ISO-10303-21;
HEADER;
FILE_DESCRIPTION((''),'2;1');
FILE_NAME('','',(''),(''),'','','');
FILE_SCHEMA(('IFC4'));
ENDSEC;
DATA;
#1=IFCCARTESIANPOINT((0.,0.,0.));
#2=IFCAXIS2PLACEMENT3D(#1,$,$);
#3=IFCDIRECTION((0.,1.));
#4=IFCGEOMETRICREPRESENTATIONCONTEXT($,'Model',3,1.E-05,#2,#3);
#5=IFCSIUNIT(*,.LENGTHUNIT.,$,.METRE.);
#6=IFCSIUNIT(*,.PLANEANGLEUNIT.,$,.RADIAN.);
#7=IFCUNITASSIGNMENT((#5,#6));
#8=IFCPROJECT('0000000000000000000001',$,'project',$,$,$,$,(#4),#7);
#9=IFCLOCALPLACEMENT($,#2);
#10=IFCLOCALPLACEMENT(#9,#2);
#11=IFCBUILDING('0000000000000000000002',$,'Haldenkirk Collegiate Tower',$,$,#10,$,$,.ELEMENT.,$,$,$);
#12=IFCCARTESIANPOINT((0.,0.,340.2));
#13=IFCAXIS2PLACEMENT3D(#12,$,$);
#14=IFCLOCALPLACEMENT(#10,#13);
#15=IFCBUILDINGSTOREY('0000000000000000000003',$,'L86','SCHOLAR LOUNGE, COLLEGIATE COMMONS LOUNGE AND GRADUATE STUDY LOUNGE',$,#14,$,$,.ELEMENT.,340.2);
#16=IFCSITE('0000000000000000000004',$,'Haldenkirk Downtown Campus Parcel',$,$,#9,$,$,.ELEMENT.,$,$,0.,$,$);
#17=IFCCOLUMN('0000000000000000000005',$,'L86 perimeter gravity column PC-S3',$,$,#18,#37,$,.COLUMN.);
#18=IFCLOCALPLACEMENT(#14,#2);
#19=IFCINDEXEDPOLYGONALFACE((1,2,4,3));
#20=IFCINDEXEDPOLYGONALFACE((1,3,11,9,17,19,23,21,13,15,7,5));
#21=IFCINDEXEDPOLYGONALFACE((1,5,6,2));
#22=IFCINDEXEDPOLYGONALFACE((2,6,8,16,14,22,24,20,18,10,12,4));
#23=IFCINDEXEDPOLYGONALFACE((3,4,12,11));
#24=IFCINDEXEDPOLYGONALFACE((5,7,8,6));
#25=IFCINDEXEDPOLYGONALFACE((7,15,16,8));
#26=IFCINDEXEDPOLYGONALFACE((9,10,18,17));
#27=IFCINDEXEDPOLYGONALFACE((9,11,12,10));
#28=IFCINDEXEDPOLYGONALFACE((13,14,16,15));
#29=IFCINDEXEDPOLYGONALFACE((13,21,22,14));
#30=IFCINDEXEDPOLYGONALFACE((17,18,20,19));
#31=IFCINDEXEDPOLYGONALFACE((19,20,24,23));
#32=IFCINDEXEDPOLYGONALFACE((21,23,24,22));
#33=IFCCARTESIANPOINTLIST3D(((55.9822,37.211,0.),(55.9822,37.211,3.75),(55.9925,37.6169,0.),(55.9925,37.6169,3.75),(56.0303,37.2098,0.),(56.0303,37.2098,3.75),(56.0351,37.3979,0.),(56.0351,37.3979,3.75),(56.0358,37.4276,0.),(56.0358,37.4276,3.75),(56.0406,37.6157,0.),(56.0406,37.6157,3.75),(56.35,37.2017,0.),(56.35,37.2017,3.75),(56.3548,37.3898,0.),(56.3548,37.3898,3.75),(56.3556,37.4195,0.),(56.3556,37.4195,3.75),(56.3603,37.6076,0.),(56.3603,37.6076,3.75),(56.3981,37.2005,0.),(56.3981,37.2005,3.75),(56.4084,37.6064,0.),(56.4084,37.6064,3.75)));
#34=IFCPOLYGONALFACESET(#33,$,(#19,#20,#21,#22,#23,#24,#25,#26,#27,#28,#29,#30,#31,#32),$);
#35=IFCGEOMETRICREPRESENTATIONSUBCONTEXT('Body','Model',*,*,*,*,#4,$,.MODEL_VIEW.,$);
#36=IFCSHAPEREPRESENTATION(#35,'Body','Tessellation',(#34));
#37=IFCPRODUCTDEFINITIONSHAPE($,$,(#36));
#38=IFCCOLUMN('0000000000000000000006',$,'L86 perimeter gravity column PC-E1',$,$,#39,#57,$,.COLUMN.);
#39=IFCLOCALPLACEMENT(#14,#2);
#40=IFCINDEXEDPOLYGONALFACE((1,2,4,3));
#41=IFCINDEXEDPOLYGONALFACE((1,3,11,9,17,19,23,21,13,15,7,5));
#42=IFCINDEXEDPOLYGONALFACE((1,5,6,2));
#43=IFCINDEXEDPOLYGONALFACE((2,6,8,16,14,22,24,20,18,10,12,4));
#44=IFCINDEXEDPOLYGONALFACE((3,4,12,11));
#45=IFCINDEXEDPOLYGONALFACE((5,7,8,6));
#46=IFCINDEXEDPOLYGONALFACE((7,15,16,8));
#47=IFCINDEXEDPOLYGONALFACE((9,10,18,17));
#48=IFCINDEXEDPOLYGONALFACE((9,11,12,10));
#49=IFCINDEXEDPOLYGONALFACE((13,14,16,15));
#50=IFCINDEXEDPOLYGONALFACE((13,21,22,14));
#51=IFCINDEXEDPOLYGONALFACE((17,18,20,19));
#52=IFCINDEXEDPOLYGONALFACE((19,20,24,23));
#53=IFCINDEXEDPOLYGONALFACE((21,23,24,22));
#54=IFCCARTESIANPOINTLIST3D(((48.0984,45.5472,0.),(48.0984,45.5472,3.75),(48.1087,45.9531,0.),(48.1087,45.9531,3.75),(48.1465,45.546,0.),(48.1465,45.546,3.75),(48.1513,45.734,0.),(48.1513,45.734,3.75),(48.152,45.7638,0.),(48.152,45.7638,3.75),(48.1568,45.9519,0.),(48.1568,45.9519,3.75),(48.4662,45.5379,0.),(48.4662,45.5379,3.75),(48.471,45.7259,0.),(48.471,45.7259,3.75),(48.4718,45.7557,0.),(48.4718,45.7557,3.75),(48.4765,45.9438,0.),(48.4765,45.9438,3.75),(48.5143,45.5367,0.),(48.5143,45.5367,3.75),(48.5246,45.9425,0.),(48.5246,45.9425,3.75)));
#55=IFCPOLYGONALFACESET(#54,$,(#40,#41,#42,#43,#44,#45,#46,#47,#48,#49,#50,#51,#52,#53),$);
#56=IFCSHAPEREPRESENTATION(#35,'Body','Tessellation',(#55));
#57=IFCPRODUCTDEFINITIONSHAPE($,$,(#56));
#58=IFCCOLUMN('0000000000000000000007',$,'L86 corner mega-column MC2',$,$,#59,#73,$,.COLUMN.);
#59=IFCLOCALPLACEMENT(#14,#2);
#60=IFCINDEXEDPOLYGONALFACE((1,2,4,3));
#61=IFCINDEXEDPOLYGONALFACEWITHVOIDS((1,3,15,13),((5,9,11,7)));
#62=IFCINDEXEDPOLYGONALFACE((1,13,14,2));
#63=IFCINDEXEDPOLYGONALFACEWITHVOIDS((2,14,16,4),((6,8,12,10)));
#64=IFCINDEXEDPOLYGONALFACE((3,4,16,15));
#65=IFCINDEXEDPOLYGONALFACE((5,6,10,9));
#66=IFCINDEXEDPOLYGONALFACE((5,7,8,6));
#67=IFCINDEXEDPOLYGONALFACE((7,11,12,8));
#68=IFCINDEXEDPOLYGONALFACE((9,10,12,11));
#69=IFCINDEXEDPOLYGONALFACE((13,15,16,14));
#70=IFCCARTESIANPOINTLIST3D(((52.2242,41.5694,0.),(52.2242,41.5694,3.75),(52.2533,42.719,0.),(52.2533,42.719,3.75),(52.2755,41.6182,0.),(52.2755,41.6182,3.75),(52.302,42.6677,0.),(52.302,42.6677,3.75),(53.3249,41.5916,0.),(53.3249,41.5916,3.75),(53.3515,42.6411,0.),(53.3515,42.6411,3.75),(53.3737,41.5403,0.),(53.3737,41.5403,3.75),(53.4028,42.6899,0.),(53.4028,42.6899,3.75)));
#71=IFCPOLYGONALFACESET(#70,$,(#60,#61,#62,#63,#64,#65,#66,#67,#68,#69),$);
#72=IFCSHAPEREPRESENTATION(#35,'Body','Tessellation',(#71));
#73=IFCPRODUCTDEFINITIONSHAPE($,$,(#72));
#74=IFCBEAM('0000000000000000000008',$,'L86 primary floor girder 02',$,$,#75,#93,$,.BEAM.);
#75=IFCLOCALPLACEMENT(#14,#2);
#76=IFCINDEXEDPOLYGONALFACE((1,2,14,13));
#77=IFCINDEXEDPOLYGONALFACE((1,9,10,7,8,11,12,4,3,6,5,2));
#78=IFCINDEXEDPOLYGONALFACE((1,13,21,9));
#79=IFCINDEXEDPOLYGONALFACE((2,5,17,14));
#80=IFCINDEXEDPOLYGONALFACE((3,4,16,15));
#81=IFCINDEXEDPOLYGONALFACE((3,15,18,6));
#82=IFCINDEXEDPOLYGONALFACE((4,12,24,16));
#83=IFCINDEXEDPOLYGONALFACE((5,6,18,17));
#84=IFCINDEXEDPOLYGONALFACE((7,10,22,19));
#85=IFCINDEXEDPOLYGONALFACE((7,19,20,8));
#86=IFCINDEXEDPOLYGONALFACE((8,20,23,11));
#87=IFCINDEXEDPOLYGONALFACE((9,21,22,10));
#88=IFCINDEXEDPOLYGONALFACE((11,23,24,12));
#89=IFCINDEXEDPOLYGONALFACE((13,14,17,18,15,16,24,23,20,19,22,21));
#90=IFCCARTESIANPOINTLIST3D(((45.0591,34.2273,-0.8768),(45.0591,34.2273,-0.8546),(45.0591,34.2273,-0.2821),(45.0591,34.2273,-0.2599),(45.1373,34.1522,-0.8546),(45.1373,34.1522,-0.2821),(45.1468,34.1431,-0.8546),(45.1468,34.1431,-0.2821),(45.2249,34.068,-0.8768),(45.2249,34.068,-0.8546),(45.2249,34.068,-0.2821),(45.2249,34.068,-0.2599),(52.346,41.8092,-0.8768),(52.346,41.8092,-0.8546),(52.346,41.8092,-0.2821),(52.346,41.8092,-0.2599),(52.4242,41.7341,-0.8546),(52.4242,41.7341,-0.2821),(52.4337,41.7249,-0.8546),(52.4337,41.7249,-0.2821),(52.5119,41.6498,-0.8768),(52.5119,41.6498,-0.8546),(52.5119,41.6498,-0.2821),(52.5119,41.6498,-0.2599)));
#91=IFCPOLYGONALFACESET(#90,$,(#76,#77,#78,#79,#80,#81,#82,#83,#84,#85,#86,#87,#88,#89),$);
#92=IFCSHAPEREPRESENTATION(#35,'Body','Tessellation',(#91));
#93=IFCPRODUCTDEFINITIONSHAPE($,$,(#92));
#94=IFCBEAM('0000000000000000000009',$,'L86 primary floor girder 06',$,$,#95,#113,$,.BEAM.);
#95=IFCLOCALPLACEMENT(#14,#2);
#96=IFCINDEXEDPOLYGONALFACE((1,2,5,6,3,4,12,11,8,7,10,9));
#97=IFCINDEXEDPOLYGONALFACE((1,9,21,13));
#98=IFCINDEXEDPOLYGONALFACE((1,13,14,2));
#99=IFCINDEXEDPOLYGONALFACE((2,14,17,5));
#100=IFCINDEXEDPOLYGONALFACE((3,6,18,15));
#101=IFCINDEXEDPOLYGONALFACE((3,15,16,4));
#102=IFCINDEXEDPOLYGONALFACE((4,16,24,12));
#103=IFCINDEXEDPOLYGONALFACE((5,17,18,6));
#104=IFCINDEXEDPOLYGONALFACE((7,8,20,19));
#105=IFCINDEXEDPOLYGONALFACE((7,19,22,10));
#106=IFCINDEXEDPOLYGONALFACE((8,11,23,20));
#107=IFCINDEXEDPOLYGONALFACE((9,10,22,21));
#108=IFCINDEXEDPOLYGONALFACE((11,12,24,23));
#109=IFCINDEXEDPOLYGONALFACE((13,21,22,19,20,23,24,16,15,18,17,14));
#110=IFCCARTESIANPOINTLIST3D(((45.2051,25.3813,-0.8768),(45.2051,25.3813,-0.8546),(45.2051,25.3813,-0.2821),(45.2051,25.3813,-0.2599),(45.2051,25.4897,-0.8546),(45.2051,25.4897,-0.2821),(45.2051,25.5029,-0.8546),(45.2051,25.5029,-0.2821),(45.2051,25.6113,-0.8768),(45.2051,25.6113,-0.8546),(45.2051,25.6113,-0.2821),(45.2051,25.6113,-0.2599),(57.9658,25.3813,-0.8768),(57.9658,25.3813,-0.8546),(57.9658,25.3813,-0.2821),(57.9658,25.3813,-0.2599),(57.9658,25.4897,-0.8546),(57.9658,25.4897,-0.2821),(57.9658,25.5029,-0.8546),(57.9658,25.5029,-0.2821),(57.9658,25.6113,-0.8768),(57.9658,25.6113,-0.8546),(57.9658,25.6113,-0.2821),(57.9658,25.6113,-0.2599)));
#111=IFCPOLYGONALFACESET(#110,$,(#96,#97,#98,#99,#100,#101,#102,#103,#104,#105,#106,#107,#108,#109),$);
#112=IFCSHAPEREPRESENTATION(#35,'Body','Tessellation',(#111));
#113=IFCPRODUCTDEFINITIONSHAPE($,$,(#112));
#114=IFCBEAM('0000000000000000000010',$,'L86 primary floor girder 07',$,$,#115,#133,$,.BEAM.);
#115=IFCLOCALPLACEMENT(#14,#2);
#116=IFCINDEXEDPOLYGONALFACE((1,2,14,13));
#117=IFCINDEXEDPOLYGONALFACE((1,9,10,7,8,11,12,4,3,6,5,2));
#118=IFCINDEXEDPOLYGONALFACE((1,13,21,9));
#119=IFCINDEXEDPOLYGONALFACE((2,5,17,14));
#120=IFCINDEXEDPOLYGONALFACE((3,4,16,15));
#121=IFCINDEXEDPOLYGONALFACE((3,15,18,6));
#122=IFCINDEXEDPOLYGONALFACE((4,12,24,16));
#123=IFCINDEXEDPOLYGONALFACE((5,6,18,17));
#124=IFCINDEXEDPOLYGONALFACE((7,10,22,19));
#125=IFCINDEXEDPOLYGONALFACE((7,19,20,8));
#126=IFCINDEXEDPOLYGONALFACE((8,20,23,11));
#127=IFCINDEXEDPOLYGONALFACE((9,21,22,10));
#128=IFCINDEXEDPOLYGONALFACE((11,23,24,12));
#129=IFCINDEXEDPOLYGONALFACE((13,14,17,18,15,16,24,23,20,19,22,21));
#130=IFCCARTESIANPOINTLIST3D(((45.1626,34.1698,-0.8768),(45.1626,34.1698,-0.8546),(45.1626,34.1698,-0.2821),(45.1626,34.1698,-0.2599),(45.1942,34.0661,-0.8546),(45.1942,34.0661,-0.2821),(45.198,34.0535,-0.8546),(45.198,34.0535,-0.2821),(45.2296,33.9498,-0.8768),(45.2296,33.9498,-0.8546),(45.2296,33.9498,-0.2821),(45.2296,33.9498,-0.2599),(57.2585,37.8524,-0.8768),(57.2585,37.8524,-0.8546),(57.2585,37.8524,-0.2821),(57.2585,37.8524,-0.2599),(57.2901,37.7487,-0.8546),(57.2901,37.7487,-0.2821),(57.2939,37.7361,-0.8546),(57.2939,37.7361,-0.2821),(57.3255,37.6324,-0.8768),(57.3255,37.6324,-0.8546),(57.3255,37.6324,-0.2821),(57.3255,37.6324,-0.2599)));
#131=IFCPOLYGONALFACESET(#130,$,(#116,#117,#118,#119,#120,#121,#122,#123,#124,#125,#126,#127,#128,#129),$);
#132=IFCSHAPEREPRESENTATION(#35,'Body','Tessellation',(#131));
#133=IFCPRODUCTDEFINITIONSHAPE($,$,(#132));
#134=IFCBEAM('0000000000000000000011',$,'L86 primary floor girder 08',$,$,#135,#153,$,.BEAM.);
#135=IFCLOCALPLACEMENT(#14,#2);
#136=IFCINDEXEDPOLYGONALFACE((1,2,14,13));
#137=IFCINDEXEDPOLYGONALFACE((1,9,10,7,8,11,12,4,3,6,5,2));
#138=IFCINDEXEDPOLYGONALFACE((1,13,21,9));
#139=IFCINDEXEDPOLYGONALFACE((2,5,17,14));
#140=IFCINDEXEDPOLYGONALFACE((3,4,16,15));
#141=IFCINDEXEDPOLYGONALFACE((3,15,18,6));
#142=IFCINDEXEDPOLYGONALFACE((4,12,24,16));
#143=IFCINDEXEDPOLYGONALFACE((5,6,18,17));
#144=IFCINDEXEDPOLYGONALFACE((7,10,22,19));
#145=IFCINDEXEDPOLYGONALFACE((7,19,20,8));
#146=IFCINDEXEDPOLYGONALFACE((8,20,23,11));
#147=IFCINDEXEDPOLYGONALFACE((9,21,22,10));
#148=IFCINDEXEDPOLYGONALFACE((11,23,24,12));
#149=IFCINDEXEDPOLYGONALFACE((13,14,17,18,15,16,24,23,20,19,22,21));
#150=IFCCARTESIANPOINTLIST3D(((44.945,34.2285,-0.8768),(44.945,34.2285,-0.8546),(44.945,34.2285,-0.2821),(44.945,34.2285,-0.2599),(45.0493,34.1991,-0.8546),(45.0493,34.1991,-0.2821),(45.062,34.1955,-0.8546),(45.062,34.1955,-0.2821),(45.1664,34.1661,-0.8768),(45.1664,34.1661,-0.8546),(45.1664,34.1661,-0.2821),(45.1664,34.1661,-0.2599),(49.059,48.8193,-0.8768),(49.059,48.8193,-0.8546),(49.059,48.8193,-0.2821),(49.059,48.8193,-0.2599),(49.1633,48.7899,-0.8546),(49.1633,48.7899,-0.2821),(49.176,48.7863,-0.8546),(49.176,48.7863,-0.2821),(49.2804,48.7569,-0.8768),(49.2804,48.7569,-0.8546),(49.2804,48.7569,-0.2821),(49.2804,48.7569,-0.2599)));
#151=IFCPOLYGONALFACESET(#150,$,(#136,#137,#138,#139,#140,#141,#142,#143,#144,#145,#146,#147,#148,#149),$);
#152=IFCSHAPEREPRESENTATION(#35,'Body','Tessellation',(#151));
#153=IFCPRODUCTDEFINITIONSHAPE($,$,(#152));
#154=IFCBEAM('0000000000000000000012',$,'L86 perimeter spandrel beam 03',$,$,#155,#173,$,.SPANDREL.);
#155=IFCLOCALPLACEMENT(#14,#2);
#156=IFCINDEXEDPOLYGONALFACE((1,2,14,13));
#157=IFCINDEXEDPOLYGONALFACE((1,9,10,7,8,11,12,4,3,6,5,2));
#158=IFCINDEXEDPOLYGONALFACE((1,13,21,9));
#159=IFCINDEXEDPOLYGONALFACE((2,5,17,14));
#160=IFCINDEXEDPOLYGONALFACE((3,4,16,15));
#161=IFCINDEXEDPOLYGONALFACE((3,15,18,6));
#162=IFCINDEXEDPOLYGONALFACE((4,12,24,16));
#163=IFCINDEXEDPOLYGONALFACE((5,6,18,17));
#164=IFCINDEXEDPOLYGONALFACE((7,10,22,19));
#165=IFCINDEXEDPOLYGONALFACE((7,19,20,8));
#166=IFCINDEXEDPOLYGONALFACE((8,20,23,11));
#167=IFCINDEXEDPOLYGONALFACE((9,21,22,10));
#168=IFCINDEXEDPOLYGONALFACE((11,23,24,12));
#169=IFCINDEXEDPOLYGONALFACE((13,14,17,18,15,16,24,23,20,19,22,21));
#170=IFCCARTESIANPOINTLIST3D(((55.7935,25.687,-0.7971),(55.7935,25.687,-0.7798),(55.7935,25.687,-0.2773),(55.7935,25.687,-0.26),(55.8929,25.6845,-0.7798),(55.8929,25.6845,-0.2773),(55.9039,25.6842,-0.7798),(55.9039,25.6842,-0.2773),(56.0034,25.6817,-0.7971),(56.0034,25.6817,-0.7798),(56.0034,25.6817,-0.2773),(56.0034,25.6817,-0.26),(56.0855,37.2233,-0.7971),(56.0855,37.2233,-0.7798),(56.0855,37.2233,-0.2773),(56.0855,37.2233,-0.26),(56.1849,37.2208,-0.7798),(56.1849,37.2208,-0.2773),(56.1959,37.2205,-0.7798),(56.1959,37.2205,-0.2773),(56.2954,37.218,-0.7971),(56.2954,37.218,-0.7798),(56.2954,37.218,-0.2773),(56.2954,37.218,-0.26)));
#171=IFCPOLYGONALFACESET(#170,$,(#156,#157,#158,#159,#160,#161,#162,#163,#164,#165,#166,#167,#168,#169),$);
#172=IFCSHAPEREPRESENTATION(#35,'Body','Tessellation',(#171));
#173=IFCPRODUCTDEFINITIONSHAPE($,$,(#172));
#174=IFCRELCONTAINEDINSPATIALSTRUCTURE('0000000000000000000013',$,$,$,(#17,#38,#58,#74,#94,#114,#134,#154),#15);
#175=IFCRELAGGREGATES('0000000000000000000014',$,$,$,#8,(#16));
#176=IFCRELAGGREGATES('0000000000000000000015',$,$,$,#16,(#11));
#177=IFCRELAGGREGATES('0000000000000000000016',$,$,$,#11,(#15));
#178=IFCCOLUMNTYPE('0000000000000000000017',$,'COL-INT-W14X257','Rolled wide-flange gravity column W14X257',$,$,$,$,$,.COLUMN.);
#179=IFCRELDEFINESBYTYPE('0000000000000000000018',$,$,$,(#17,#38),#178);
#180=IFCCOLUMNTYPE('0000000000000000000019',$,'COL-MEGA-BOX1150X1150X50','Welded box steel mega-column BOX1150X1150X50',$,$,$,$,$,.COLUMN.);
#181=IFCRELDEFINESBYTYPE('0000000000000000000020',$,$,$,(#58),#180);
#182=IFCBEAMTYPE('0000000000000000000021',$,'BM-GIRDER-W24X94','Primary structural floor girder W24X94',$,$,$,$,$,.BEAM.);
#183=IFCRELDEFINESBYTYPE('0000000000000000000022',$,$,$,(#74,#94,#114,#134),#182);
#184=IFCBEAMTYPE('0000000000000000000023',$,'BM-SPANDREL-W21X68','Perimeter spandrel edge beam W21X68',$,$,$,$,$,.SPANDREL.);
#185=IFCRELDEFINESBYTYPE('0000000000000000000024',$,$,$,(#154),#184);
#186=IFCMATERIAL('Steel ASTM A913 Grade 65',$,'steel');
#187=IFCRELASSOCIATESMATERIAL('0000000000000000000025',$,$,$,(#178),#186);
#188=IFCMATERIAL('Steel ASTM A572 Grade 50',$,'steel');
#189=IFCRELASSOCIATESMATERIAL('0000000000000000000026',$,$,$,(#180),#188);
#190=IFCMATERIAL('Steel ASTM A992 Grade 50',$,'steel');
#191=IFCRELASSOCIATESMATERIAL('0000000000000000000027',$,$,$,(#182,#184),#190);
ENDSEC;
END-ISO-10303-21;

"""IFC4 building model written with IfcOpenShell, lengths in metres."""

from ifc_helpers import new_model, si_unit, direction, frame, origin, origin_2d, place, context, subcontext, project, spatial, hollow_rectangle, i_section, extrude, material, material_profile, profile_set, type_object, element, save


model = new_model("IFC4")

# Units and contexts
model_context = context("Model", 3, precision=1e-05, world=origin(), true_north=direction((0.0, 1.0)))
body_context = subcontext(model_context, "Body", "Model", "MODEL_VIEW")
ifc_project = project(units=[si_unit("LENGTHUNIT", "METRE"), si_unit("PLANEANGLEUNIT", "RADIAN")], contexts=[model_context])

# Site, building, storey
site_placement = place(None, origin())
site = spatial("IfcSite", under=ifc_project, at=site_placement, Name="Haldenkirk Downtown Campus Parcel", CompositionType="ELEMENT", RefElevation=0.0)
building_placement = place(site_placement, origin())
building = spatial("IfcBuilding", under=site, at=building_placement, Name="Haldenkirk Collegiate Tower", CompositionType="ELEMENT")
storey_placement = place(building_placement, frame((0.0, 0.0, 340.2)))
storey = spatial("IfcBuildingStorey", under=building, at=storey_placement, Name="L86", Description="SCHOLAR LOUNGE, COLLEGIATE COMMONS LOUNGE AND GRADUATE STUDY LOUNGE", CompositionType="ELEMENT", Elevation=340.2)

# Columns
ifc_material_1 = material(Name="Steel ASTM A913 Grade 65", Category="steel")
ifc_material_profile_1 = material_profile(ifc_material_1, i_section(OverallWidth=0.406, OverallDepth=0.416, WebThickness=0.0298, FlangeThickness=0.0481, at=origin_2d()), Name="W14X257")
ifc_profile_set_1 = profile_set([ifc_material_profile_1], Name="Steel ASTM A913 Grade 65")
column_type_1 = type_object("IfcColumnType", Name="COL-INT-W14X257", Description="Rolled wide-flange gravity column W14X257", PredefinedType="COLUMN", material=ifc_profile_set_1)
for number, where, z_axis, x_axis, name in (
    (1, (56.1953, 37.4087, 0.0), (0.0, 0.0, 1.0), (0.025305, 0.99968, 0.0), "L86 perimeter gravity column PC-S3"),
    (2, (48.3115, 45.7449, 0.0), (0.0, 0.0, 1.0), (0.025305, 0.99968, 0.0), "L86 perimeter gravity column PC-E1"),
):
    element("IfcColumn", number, at=place(storey_placement, frame(where, z_axis=z_axis, x_axis=x_axis)), inside=storey, type_object=column_type_1, Name=name, PredefinedType="COLUMN", context=body_context, shape_type="SweptSolid", body=[
        extrude(i_section(OverallWidth=0.406, OverallDepth=0.416, WebThickness=0.0298, FlangeThickness=0.0481, at=origin_2d()), origin(), (0.0, 0.0, 1.0), 3.75),
    ])
ifc_material_2 = material(Name="Steel ASTM A572 Grade 50", Category="steel")
ifc_material_profile_2 = material_profile(ifc_material_2, hollow_rectangle(XDim=1.1499, YDim=1.1499, WallThickness=0.05, at=origin_2d()), Name="BOX1150X1150X50")
ifc_profile_set_2 = profile_set([ifc_material_profile_2], Name="Steel ASTM A572 Grade 50")
column_type_2 = type_object("IfcColumnType", Name="COL-MEGA-BOX1150X1150X50", Description="Welded box steel mega-column BOX1150X1150X50", PredefinedType="COLUMN", material=ifc_profile_set_2)
column_placement = place(storey_placement, frame((52.8135, 42.1296, 0.0), z_axis=(0.0, 0.0, 1.0), x_axis=(0.025305, 0.99968, 0.0)))
element("IfcColumn", 3, at=column_placement, inside=storey, type_object=column_type_2, Name="L86 corner mega-column MC2", PredefinedType="COLUMN", context=body_context, shape_type="SweptSolid", body=[
    extrude(hollow_rectangle(XDim=1.1499, YDim=1.1499, WallThickness=0.05, at=origin_2d()), origin(), (0.0, 0.0, 1.0), 3.75),
])

# Beams
ifc_material_3 = material(Name="Steel ASTM A992 Grade 50", Category="steel")
ifc_material_profile_3 = material_profile(ifc_material_3, i_section(OverallWidth=0.23, OverallDepth=0.6169, WebThickness=0.0132, FlangeThickness=0.0222, at=origin_2d()), Name="W24X94")
ifc_profile_set_3 = profile_set([ifc_material_profile_3], Name="Steel ASTM A992 Grade 50")
beam_type_1 = type_object("IfcBeamType", Name="BM-GIRDER-W24X94", Description="Primary structural floor girder W24X94", PredefinedType="BEAM", material=ifc_profile_set_3)
beam_1_placement = place(storey_placement, frame((52.429, 41.7295, -0.5684), z_axis=(-0.692945, -0.720991, 0.0), x_axis=(0.720991, -0.692945, 0.0)))
element("IfcBeam", 4, at=beam_1_placement, inside=storey, type_object=beam_type_1, Name="L86 primary floor girder 02", PredefinedType="BEAM", context=body_context, shape_type="SweptSolid", body=[
    extrude(i_section(OverallWidth=0.23, OverallDepth=0.6169, WebThickness=0.0132, FlangeThickness=0.0222, at=origin_2d()), origin(), (0.0, 0.0, 1.0), 10.5159),
])
beam_2_placement = place(storey_placement, frame((57.9658, 25.4963, -0.5684), z_axis=(-1.0, 0.0, 0.0), x_axis=(0.0, -1.0, 0.0)))
element("IfcBeam", 5, at=beam_2_placement, inside=storey, type_object=beam_type_1, Name="L86 primary floor girder 06", PredefinedType="BEAM", context=body_context, shape_type="SweptSolid", body=[
    extrude(i_section(OverallWidth=0.23, OverallDepth=0.6169, WebThickness=0.0132, FlangeThickness=0.0222, at=origin_2d()), origin(), (0.0, 0.0, 1.0), 12.7607),
])
beam_3_placement = place(storey_placement, frame((57.292, 37.7424, -0.5684), z_axis=(-0.956647, -0.291252, 0.0), x_axis=(0.291252, -0.956647, 0.0)))
element("IfcBeam", 6, at=beam_3_placement, inside=storey, type_object=beam_type_1, Name="L86 primary floor girder 07", PredefinedType="BEAM", context=body_context, shape_type="SweptSolid", body=[
    extrude(i_section(OverallWidth=0.23, OverallDepth=0.6169, WebThickness=0.0132, FlangeThickness=0.0222, at=origin_2d()), origin(), (0.0, 0.0, 1.0), 12.644),
])
beam_4_placement = place(storey_placement, frame((49.1697, 48.7881, -0.5684), z_axis=(-0.271378, -0.962473, 0.0), x_axis=(0.962473, -0.271378, 0.0)))
element("IfcBeam", 7, at=beam_4_placement, inside=storey, type_object=beam_type_1, Name="L86 primary floor girder 08", PredefinedType="BEAM", context=body_context, shape_type="SweptSolid", body=[
    extrude(i_section(OverallWidth=0.23, OverallDepth=0.6169, WebThickness=0.0132, FlangeThickness=0.0222, at=origin_2d()), origin(), (0.0, 0.0, 1.0), 15.1597),
])
ifc_material_profile_4 = material_profile(ifc_material_3, i_section(OverallWidth=0.21, OverallDepth=0.5371, WebThickness=0.011, FlangeThickness=0.0173, at=origin_2d()), Name="W21X68")
ifc_profile_set_4 = profile_set([ifc_material_profile_4], Name="Steel ASTM A992 Grade 50")
beam_type_2 = type_object("IfcBeamType", Name="BM-SPANDREL-W21X68", Description="Perimeter spandrel edge beam W21X68", PredefinedType="SPANDREL", material=ifc_profile_set_4)
beam_5_placement = place(storey_placement, frame((55.8984, 25.6843, -0.5286), z_axis=(0.025302, 0.99968, 0.0), x_axis=(-0.99968, 0.025302, 0.0)))
element("IfcBeam", 8, at=beam_5_placement, inside=storey, type_object=beam_type_2, Name="L86 perimeter spandrel beam 03", PredefinedType="SPANDREL", context=body_context, shape_type="SweptSolid", body=[
    extrude(i_section(OverallWidth=0.21, OverallDepth=0.5371, WebThickness=0.011, FlangeThickness=0.0173, at=origin_2d()), origin(), (0.0, 0.0, 1.0), 11.54),
])

save(model, "model.ifc")
